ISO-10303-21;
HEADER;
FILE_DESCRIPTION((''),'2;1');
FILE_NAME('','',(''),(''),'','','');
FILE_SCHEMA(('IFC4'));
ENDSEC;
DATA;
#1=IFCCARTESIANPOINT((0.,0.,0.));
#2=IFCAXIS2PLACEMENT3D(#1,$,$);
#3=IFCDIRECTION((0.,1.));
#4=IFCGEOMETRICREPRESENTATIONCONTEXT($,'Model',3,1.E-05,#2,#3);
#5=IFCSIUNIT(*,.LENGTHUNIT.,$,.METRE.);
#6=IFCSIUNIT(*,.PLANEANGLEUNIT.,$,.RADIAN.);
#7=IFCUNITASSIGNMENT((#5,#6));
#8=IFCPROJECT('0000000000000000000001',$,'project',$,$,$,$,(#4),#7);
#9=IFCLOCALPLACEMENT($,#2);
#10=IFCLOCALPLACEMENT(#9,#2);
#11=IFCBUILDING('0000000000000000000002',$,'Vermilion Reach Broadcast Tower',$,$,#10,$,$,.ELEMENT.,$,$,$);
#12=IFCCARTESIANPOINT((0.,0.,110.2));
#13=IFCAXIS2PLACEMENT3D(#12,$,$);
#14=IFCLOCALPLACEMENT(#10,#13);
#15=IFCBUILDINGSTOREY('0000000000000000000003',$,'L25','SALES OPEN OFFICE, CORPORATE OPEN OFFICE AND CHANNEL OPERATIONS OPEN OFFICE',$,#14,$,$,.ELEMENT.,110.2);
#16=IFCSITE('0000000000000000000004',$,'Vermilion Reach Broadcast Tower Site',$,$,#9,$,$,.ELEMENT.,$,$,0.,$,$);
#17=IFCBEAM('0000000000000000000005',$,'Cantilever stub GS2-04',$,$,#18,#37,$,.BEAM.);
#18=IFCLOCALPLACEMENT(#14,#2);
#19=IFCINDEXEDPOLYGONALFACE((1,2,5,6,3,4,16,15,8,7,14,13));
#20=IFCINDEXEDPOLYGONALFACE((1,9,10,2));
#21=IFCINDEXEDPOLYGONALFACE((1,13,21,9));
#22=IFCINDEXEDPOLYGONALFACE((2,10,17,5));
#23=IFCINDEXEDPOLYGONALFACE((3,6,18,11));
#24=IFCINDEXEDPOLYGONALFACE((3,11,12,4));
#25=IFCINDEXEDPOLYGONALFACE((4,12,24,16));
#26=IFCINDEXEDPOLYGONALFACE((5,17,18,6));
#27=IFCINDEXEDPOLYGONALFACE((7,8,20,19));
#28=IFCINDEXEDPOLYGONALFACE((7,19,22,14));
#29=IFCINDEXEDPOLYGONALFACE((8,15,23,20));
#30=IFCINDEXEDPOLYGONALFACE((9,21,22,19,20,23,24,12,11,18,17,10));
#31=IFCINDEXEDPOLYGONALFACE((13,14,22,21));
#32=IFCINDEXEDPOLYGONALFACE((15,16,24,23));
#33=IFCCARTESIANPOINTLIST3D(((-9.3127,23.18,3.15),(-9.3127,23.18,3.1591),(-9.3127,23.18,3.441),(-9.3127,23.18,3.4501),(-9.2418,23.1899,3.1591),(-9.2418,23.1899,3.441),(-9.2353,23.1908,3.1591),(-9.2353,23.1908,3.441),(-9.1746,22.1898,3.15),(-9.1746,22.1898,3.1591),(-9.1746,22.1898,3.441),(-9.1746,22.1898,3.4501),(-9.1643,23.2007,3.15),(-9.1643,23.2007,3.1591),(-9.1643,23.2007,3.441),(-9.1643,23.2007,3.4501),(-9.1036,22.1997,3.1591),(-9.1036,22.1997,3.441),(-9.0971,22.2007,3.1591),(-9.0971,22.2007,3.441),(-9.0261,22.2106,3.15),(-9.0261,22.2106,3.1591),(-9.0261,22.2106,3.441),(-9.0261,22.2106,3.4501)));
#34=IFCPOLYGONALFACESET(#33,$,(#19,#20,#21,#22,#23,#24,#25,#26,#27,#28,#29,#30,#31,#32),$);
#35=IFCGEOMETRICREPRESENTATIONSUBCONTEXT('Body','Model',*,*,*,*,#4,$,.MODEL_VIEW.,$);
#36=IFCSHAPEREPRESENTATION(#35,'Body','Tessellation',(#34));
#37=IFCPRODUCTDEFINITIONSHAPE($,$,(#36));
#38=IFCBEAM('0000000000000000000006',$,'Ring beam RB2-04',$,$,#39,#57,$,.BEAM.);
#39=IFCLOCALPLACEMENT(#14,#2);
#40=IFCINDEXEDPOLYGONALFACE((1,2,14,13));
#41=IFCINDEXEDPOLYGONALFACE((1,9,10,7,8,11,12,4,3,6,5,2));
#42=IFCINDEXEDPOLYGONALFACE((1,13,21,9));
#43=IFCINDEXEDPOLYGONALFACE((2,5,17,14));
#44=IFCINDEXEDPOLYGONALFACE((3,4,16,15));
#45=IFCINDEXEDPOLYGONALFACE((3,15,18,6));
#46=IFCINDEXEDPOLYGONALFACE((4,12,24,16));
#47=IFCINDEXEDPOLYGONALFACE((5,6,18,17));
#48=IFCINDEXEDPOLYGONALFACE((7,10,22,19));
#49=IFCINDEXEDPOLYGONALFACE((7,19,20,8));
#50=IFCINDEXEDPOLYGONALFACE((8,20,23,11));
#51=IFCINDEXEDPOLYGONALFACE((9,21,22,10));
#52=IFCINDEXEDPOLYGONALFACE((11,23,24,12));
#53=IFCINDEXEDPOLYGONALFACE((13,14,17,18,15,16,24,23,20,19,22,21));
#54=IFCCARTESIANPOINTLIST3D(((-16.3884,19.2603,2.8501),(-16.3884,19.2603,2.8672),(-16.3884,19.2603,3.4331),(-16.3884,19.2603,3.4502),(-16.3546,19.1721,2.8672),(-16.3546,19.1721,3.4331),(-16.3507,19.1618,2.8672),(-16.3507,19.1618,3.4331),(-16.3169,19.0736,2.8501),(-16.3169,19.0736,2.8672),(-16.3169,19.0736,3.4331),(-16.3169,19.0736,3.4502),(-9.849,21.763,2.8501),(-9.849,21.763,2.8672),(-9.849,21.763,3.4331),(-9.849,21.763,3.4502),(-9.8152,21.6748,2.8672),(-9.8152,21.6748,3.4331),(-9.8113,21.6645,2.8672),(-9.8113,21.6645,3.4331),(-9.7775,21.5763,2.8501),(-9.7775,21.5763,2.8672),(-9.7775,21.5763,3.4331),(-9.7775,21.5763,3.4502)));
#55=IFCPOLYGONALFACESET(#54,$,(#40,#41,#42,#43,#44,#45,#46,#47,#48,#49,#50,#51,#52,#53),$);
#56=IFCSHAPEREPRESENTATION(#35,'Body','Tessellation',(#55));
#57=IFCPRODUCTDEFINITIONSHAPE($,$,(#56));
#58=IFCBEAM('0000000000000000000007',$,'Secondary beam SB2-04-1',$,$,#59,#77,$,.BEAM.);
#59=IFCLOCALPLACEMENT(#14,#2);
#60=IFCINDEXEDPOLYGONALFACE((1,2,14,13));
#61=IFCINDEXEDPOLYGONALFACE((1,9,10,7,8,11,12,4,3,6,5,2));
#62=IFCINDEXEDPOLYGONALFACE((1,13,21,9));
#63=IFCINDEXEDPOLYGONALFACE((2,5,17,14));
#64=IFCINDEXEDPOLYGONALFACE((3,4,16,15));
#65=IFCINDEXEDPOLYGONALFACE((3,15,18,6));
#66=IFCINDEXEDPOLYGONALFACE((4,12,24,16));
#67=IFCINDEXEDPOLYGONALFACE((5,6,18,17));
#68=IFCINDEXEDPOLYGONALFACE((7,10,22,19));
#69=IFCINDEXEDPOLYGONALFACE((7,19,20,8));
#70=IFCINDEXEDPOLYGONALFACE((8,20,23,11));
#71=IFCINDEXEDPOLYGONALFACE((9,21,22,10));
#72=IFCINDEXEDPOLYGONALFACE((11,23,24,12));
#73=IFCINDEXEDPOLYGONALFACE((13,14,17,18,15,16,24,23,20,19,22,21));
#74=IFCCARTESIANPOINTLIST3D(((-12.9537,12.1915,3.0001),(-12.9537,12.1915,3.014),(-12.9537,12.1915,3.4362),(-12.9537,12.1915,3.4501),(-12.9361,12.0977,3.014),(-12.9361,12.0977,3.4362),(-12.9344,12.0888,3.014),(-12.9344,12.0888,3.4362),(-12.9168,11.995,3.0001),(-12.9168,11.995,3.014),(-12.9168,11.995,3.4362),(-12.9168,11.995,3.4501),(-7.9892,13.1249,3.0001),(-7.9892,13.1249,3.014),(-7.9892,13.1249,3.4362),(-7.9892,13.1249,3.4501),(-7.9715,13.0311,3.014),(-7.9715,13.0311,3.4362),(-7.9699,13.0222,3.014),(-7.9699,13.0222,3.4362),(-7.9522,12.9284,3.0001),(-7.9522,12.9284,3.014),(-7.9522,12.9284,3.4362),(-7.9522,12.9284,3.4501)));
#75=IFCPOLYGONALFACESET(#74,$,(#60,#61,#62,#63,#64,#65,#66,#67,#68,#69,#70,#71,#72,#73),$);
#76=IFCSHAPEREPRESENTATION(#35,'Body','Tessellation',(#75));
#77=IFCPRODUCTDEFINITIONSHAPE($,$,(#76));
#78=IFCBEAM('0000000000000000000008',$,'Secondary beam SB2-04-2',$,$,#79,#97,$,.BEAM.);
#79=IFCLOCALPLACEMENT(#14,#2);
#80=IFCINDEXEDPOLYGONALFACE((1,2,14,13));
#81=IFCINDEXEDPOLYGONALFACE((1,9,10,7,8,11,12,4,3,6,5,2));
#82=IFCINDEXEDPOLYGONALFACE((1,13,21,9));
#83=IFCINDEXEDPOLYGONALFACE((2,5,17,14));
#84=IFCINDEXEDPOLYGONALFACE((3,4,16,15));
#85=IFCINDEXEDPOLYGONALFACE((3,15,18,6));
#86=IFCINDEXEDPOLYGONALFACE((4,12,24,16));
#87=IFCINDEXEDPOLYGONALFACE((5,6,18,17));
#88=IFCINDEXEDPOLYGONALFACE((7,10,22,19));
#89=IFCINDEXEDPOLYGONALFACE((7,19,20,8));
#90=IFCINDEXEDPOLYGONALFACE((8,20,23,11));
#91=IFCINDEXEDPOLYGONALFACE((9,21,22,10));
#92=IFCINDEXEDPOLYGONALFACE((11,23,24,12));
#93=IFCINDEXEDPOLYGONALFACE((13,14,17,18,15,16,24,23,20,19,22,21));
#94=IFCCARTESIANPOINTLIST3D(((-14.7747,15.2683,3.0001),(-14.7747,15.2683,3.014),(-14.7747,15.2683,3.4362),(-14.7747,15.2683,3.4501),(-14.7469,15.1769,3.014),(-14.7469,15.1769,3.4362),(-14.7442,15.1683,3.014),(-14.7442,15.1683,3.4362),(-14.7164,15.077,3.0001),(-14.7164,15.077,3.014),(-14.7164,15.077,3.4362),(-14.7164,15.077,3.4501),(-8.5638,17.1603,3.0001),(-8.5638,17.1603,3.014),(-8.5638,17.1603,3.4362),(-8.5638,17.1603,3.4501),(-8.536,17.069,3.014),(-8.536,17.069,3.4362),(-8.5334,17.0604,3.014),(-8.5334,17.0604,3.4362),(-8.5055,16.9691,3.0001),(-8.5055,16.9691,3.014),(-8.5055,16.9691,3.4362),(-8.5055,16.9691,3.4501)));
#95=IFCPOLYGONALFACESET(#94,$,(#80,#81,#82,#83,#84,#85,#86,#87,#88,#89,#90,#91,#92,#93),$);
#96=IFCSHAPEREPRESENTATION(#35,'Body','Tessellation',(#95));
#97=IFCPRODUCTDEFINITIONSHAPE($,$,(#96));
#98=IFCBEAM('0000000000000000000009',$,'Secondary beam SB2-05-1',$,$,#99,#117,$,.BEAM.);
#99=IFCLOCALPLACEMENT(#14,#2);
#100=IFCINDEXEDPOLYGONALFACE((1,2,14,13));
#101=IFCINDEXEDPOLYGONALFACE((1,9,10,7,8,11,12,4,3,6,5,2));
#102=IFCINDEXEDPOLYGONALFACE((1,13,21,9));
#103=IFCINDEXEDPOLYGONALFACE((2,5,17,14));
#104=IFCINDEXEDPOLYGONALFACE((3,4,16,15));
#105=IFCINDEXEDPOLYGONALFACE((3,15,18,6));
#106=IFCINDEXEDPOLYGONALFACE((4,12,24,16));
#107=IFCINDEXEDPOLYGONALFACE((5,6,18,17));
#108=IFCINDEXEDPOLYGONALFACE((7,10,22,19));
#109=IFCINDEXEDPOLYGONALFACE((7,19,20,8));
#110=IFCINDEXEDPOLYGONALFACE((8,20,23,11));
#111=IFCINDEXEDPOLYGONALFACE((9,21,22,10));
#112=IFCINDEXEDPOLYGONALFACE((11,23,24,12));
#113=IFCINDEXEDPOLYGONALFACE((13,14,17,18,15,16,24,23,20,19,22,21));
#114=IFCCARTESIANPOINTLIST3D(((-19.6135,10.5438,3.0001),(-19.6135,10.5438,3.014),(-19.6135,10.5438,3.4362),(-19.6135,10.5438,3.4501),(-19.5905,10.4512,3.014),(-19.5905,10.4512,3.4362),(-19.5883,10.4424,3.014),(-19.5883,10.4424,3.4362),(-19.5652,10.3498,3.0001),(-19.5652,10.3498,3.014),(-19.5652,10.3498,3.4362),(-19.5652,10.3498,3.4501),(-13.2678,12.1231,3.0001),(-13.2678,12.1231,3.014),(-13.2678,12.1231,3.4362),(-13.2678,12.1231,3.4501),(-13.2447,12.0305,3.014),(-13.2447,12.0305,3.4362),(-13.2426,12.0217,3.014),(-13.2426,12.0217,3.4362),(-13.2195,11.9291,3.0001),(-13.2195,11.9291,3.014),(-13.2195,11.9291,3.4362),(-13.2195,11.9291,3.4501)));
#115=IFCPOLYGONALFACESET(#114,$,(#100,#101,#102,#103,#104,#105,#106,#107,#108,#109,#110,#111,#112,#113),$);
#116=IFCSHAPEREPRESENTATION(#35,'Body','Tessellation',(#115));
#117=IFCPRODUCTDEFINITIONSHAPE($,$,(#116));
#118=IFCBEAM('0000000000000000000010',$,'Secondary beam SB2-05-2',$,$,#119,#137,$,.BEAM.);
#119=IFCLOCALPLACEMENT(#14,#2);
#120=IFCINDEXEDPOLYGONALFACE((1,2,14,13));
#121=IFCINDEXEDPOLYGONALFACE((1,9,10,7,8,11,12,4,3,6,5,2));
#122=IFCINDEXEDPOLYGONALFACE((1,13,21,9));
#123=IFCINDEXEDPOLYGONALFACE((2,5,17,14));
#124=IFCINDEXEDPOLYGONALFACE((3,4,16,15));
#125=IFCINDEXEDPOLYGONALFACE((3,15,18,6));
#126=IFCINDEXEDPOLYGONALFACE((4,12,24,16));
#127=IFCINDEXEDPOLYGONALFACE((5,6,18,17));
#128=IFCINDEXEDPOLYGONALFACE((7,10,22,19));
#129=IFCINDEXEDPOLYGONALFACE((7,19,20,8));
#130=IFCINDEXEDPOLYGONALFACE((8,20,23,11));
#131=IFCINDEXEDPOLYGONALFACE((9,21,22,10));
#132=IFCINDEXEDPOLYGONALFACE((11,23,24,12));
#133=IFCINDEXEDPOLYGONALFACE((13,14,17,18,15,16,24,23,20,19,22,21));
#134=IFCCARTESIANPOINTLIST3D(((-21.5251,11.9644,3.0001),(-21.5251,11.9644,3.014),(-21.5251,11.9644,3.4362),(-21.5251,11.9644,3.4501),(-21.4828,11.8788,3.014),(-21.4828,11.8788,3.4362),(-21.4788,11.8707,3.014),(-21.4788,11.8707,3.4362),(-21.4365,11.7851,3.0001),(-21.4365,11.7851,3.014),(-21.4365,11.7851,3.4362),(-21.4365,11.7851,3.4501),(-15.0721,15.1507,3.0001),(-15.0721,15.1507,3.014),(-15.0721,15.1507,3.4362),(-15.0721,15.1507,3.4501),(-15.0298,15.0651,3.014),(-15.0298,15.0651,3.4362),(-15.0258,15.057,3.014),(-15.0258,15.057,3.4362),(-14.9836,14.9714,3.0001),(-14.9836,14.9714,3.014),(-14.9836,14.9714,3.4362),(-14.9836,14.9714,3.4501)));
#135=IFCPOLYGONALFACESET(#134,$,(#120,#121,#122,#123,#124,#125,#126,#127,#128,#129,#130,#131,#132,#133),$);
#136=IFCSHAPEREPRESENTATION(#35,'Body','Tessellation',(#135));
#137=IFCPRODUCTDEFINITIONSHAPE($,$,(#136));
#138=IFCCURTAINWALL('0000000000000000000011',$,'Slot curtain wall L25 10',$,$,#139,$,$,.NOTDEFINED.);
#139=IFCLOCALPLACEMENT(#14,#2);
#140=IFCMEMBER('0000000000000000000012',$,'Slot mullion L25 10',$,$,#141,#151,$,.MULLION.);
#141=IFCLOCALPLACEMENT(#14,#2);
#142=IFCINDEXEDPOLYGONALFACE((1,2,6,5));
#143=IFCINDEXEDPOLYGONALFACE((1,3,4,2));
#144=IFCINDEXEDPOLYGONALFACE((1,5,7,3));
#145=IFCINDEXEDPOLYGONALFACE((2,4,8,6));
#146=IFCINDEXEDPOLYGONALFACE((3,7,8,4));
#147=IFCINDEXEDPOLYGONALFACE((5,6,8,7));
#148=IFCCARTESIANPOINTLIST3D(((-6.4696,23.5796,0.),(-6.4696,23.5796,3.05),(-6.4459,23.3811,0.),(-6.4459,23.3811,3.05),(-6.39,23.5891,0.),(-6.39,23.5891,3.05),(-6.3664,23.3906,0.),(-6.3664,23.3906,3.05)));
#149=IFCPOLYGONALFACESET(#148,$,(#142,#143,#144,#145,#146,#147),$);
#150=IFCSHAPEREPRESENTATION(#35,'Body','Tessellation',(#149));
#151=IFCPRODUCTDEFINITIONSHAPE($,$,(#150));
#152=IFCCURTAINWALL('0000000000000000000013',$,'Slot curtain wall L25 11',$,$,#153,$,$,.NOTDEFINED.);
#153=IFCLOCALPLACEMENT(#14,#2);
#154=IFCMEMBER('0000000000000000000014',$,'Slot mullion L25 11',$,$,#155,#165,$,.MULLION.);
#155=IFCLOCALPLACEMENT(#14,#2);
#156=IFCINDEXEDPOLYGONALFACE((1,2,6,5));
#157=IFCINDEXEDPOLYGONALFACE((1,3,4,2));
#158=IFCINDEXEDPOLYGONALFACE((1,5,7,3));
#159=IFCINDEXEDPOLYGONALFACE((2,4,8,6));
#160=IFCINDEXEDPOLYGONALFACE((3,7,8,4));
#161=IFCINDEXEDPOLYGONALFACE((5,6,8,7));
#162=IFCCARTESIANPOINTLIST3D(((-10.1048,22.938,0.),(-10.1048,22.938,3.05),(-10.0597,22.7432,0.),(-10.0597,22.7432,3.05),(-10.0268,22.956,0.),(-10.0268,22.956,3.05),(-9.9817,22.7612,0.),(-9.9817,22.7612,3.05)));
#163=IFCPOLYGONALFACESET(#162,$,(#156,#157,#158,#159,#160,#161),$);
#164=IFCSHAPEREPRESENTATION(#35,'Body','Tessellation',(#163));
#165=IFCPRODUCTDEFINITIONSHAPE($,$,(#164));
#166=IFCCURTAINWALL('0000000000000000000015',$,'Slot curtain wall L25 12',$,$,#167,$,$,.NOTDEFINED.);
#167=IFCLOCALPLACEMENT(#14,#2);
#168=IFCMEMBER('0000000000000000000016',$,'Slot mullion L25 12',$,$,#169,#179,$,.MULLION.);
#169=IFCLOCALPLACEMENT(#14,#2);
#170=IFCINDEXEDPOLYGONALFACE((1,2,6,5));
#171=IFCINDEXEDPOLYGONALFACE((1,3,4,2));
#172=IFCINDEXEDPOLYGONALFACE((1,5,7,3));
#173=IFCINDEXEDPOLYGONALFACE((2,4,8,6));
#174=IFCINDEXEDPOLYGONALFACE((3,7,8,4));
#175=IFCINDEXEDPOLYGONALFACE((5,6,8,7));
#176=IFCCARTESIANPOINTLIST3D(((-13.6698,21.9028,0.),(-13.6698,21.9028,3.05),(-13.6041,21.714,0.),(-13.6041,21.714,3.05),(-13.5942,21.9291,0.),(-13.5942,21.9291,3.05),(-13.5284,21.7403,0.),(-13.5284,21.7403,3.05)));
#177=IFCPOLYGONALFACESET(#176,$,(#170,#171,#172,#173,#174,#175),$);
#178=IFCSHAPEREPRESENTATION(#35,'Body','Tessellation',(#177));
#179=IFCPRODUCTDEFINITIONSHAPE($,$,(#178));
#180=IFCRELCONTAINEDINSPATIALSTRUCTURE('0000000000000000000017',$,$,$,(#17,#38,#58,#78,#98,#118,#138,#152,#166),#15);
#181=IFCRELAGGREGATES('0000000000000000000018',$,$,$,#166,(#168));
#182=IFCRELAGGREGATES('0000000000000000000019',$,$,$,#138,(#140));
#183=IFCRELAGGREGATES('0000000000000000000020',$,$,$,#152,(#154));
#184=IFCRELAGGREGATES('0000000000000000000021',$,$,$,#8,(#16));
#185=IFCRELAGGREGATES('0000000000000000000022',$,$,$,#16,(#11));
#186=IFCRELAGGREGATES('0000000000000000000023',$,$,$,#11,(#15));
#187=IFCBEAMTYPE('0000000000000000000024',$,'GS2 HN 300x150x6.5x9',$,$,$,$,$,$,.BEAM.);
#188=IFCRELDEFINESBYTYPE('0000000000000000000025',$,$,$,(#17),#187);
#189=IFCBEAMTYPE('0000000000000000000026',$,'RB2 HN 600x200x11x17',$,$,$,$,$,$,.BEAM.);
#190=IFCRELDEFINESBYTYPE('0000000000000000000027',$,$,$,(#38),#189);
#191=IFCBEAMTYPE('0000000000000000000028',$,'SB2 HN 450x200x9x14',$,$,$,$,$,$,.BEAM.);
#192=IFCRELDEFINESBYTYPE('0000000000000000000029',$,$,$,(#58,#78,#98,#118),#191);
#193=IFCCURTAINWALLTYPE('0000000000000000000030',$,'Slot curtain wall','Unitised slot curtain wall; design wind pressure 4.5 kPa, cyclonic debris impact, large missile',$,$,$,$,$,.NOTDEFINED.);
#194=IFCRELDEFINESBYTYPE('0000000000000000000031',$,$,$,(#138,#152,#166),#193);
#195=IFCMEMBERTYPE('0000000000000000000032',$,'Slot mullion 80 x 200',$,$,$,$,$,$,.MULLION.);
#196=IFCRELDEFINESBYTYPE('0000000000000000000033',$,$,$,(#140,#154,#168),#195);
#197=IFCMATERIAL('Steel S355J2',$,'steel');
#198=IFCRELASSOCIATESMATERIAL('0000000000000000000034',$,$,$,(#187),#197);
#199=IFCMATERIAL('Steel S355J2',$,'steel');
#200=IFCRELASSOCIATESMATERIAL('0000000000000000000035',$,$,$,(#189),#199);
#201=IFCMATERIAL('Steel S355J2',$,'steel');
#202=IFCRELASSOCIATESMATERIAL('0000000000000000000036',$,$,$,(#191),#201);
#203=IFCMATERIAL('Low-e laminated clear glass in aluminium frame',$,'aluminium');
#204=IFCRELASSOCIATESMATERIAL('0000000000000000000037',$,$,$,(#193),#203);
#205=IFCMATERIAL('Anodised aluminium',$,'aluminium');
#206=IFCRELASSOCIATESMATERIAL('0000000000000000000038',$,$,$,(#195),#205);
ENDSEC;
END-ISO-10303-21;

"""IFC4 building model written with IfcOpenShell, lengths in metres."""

from ifc_helpers import new_model, si_unit, direction, frame, origin, origin_2d, place, context, subcontext, project, spatial, rectangle, i_section, extrude, material, material_profile, profile_set, type_object, element, aggregate, save


model = new_model("IFC4")

# Units and contexts
model_context = context("Model", 3, precision=1e-05, world=origin(), true_north=direction((0.0, 1.0)))
body_context = subcontext(model_context, "Body", "Model", "MODEL_VIEW")
ifc_project = project(units=[si_unit("LENGTHUNIT", "METRE"), si_unit("PLANEANGLEUNIT", "RADIAN")], contexts=[model_context])

# Site, building, storey
site_placement = place(None, origin())
site = spatial("IfcSite", under=ifc_project, at=site_placement, Name="Vermilion Reach Broadcast Tower Site", CompositionType="ELEMENT", RefElevation=0.0)
building_placement = place(site_placement, origin())
building = spatial("IfcBuilding", under=site, at=building_placement, Name="Vermilion Reach Broadcast Tower", CompositionType="ELEMENT")
storey_placement = place(building_placement, frame((0.0, 0.0, 110.2)))
storey = spatial("IfcBuildingStorey", under=building, at=storey_placement, Name="L25", Description="SALES OPEN OFFICE, CORPORATE OPEN OFFICE AND CHANNEL OPERATIONS OPEN OFFICE", CompositionType="ELEMENT", Elevation=110.2)

# Beams
ifc_material_1 = material(Name="Steel S355J2", Category="steel")
ifc_material_profile_1 = material_profile(ifc_material_1, i_section(OverallWidth=0.1499, OverallDepth=0.3, WebThickness=0.0066, FlangeThickness=0.009, at=origin_2d()), Name="S355J2 HN 300x150x6.5x9")
ifc_profile_set_1 = profile_set([ifc_material_profile_1], Name="Steel S355J2")
beam_type_1 = type_object("IfcBeamType", Name="GS2 HN 300x150x6.5x9", PredefinedType="BEAM", material=ifc_profile_set_1)
beam_1_placement = place(storey_placement, frame((-9.1003, 22.2002, 3.3), z_axis=(-0.138207, 0.990403, 0.0), x_axis=(-0.990403, -0.138207, 0.0)))
element("IfcBeam", 1, at=beam_1_placement, inside=storey, type_object=beam_type_1, Name="Cantilever stub GS2-04", PredefinedType="BEAM", context=body_context, shape_type="SweptSolid", body=[
    extrude(i_section(OverallWidth=0.1499, OverallDepth=0.3, WebThickness=0.0066, FlangeThickness=0.009, at=origin_2d()), origin(), (0.0, 0.0, 1.0), 0.9998),
])
ifc_material_2 = material(Name="Steel S355J2", Category="steel")
ifc_material_profile_2 = material_profile(ifc_material_2, i_section(OverallWidth=0.2, OverallDepth=0.6001, WebThickness=0.011, FlangeThickness=0.0171, at=origin_2d()), Name="S355J2 HN 600x200x11x17")
ifc_profile_set_2 = profile_set([ifc_material_profile_2], Name="Steel S355J2")
beam_type_2 = type_object("IfcBeamType", Name="RB2 HN 600x200x11x17", PredefinedType="BEAM", material=ifc_profile_set_2)
beam_2_placement = place(storey_placement, frame((-9.8132, 21.6697, 3.1501), z_axis=(-0.933939, -0.357432, 0.0), x_axis=(0.357432, -0.933939, 0.0)))
element("IfcBeam", 2, at=beam_2_placement, inside=storey, type_object=beam_type_2, Name="Ring beam RB2-04", PredefinedType="BEAM", context=body_context, shape_type="SweptSolid", body=[
    extrude(i_section(OverallWidth=0.2, OverallDepth=0.6001, WebThickness=0.011, FlangeThickness=0.0171, at=origin_2d()), origin(), (0.0, 0.0, 1.0), 7.002),
])
ifc_material_3 = material(Name="Steel S355J2", Category="steel")
ifc_material_profile_3 = material_profile(ifc_material_3, i_section(OverallWidth=0.2, OverallDepth=0.45, WebThickness=0.009, FlangeThickness=0.0139, at=origin_2d()), Name="S355J2 HN 450x200x9x14")
ifc_profile_set_3 = profile_set([ifc_material_profile_3], Name="Steel S355J2")
beam_type_3 = type_object("IfcBeamType", Name="SB2 HN 450x200x9x14", PredefinedType="BEAM", material=ifc_profile_set_3)
beam_3_placement = place(storey_placement, frame((-7.9707, 13.0266, 3.2251), z_axis=(-0.982783, -0.184764, 0.0), x_axis=(0.184764, -0.982783, 0.0)))
element("IfcBeam", 3, at=beam_3_placement, inside=storey, type_object=beam_type_3, Name="Secondary beam SB2-04-1", PredefinedType="BEAM", context=body_context, shape_type="SweptSolid", body=[
    extrude(i_section(OverallWidth=0.2, OverallDepth=0.45, WebThickness=0.009, FlangeThickness=0.0139, at=origin_2d()), origin(), (0.0, 0.0, 1.0), 5.0515),
])
beam_4_placement = place(storey_placement, frame((-8.5347, 17.0647, 3.2251), z_axis=(-0.956596, -0.291416, 0.0), x_axis=(0.291416, -0.956596, 0.0)))
element("IfcBeam", 4, at=beam_4_placement, inside=storey, type_object=beam_type_3, Name="Secondary beam SB2-04-2", PredefinedType="BEAM", context=body_context, shape_type="SweptSolid", body=[
    extrude(i_section(OverallWidth=0.2, OverallDepth=0.45, WebThickness=0.009, FlangeThickness=0.0139, at=origin_2d()), origin(), (0.0, 0.0, 1.0), 6.4927),
])
beam_5_placement = place(storey_placement, frame((-13.2437, 12.0261, 3.2251), z_axis=(-0.970397, -0.241516, 0.0), x_axis=(0.241516, -0.970397, 0.0)))
element("IfcBeam", 5, at=beam_5_placement, inside=storey, type_object=beam_type_3, Name="Secondary beam SB2-05-1", PredefinedType="BEAM", context=body_context, shape_type="SweptSolid", body=[
    extrude(i_section(OverallWidth=0.2, OverallDepth=0.45, WebThickness=0.009, FlangeThickness=0.0139, at=origin_2d()), origin(), (0.0, 0.0, 1.0), 6.5393),
])
beam_6_placement = place(storey_placement, frame((-15.0278, 15.061, 3.2251), z_axis=(-0.896648, -0.442744, 0.0), x_axis=(0.442744, -0.896648, 0.0)))
element("IfcBeam", 6, at=beam_6_placement, inside=storey, type_object=beam_type_3, Name="Secondary beam SB2-05-2", PredefinedType="BEAM", context=body_context, shape_type="SweptSolid", body=[
    extrude(i_section(OverallWidth=0.2, OverallDepth=0.45, WebThickness=0.009, FlangeThickness=0.0139, at=origin_2d()), origin(), (0.0, 0.0, 1.0), 7.1968),
])

# Curtain walls, members
ifc_material_4 = material(Name="Low-e laminated clear glass in aluminium frame", Category="aluminium")
curtain_wall_type = type_object("IfcCurtainWallType", Name="Slot curtain wall", Description="Unitised slot curtain wall; design wind pressure 4.5 kPa, cyclonic debris impact, large missile", PredefinedType="NOTDEFINED", material=ifc_material_4)
placement = place(storey_placement, origin())
curtain_wall_1 = element("IfcCurtainWall", 7, at=placement, inside=storey, type_object=curtain_wall_type, Name="Slot curtain wall L25 10", PredefinedType="NOTDEFINED")
ifc_material_5 = material(Name="Anodised aluminium", Category="aluminium")
ifc_material_profile_4 = material_profile(ifc_material_5, rectangle(XDim=0.2, YDim=0.0801, at=origin_2d()), Name="Slot mullion 80 x 200")
ifc_profile_set_4 = profile_set([ifc_material_profile_4], Name="Anodised aluminium")
member_type_1 = type_object("IfcMemberType", Name="Slot mullion 80 x 200", PredefinedType="MULLION", material=ifc_profile_set_4)
member_1_placement = place(storey_placement, frame((-6.418, 23.4851, 0.0), z_axis=(0.0, 0.0, 1.0), x_axis=(0.118387, -0.992968, 0.0)))
member_1 = element("IfcMember", 8, at=member_1_placement, type_object=member_type_1, Name="Slot mullion L25 10", PredefinedType="MULLION", context=body_context, shape_type="SweptSolid", body=[
    extrude(rectangle(XDim=0.2, YDim=0.0801, at=origin_2d()), origin(), (0.0, 0.0, 1.0), 3.05),
])
curtain_wall_2 = element("IfcCurtainWall", 9, at=placement, inside=storey, type_object=curtain_wall_type, Name="Slot curtain wall L25 11", PredefinedType="NOTDEFINED")
member_2_placement = place(storey_placement, frame((-10.0432, 22.8496, 0.0), z_axis=(0.0, 0.0, 1.0), x_axis=(0.22553, -0.974236, 0.0)))
member_2 = element("IfcMember", 10, at=member_2_placement, type_object=member_type_1, Name="Slot mullion L25 11", PredefinedType="MULLION", context=body_context, shape_type="SweptSolid", body=[
    extrude(rectangle(XDim=0.2, YDim=0.0801, at=origin_2d()), origin(), (0.0, 0.0, 1.0), 3.05),
])
curtain_wall_3 = element("IfcCurtainWall", 11, at=placement, inside=storey, type_object=curtain_wall_type, Name="Slot curtain wall L25 12", PredefinedType="NOTDEFINED")
member_3_placement = place(storey_placement, frame((-13.5991, 21.8215, 0.0), z_axis=(0.0, 0.0, 1.0), x_axis=(0.328867, -0.944376, 0.0)))
member_3 = element("IfcMember", 12, at=member_3_placement, type_object=member_type_1, Name="Slot mullion L25 12", PredefinedType="MULLION", context=body_context, shape_type="SweptSolid", body=[
    extrude(rectangle(XDim=0.2, YDim=0.0801, at=origin_2d()), origin(), (0.0, 0.0, 1.0), 3.05),
])

aggregate(curtain_wall_3, [member_3])

aggregate(curtain_wall_1, [member_1])
aggregate(curtain_wall_2, [member_2])

save(model, "model.ifc")
